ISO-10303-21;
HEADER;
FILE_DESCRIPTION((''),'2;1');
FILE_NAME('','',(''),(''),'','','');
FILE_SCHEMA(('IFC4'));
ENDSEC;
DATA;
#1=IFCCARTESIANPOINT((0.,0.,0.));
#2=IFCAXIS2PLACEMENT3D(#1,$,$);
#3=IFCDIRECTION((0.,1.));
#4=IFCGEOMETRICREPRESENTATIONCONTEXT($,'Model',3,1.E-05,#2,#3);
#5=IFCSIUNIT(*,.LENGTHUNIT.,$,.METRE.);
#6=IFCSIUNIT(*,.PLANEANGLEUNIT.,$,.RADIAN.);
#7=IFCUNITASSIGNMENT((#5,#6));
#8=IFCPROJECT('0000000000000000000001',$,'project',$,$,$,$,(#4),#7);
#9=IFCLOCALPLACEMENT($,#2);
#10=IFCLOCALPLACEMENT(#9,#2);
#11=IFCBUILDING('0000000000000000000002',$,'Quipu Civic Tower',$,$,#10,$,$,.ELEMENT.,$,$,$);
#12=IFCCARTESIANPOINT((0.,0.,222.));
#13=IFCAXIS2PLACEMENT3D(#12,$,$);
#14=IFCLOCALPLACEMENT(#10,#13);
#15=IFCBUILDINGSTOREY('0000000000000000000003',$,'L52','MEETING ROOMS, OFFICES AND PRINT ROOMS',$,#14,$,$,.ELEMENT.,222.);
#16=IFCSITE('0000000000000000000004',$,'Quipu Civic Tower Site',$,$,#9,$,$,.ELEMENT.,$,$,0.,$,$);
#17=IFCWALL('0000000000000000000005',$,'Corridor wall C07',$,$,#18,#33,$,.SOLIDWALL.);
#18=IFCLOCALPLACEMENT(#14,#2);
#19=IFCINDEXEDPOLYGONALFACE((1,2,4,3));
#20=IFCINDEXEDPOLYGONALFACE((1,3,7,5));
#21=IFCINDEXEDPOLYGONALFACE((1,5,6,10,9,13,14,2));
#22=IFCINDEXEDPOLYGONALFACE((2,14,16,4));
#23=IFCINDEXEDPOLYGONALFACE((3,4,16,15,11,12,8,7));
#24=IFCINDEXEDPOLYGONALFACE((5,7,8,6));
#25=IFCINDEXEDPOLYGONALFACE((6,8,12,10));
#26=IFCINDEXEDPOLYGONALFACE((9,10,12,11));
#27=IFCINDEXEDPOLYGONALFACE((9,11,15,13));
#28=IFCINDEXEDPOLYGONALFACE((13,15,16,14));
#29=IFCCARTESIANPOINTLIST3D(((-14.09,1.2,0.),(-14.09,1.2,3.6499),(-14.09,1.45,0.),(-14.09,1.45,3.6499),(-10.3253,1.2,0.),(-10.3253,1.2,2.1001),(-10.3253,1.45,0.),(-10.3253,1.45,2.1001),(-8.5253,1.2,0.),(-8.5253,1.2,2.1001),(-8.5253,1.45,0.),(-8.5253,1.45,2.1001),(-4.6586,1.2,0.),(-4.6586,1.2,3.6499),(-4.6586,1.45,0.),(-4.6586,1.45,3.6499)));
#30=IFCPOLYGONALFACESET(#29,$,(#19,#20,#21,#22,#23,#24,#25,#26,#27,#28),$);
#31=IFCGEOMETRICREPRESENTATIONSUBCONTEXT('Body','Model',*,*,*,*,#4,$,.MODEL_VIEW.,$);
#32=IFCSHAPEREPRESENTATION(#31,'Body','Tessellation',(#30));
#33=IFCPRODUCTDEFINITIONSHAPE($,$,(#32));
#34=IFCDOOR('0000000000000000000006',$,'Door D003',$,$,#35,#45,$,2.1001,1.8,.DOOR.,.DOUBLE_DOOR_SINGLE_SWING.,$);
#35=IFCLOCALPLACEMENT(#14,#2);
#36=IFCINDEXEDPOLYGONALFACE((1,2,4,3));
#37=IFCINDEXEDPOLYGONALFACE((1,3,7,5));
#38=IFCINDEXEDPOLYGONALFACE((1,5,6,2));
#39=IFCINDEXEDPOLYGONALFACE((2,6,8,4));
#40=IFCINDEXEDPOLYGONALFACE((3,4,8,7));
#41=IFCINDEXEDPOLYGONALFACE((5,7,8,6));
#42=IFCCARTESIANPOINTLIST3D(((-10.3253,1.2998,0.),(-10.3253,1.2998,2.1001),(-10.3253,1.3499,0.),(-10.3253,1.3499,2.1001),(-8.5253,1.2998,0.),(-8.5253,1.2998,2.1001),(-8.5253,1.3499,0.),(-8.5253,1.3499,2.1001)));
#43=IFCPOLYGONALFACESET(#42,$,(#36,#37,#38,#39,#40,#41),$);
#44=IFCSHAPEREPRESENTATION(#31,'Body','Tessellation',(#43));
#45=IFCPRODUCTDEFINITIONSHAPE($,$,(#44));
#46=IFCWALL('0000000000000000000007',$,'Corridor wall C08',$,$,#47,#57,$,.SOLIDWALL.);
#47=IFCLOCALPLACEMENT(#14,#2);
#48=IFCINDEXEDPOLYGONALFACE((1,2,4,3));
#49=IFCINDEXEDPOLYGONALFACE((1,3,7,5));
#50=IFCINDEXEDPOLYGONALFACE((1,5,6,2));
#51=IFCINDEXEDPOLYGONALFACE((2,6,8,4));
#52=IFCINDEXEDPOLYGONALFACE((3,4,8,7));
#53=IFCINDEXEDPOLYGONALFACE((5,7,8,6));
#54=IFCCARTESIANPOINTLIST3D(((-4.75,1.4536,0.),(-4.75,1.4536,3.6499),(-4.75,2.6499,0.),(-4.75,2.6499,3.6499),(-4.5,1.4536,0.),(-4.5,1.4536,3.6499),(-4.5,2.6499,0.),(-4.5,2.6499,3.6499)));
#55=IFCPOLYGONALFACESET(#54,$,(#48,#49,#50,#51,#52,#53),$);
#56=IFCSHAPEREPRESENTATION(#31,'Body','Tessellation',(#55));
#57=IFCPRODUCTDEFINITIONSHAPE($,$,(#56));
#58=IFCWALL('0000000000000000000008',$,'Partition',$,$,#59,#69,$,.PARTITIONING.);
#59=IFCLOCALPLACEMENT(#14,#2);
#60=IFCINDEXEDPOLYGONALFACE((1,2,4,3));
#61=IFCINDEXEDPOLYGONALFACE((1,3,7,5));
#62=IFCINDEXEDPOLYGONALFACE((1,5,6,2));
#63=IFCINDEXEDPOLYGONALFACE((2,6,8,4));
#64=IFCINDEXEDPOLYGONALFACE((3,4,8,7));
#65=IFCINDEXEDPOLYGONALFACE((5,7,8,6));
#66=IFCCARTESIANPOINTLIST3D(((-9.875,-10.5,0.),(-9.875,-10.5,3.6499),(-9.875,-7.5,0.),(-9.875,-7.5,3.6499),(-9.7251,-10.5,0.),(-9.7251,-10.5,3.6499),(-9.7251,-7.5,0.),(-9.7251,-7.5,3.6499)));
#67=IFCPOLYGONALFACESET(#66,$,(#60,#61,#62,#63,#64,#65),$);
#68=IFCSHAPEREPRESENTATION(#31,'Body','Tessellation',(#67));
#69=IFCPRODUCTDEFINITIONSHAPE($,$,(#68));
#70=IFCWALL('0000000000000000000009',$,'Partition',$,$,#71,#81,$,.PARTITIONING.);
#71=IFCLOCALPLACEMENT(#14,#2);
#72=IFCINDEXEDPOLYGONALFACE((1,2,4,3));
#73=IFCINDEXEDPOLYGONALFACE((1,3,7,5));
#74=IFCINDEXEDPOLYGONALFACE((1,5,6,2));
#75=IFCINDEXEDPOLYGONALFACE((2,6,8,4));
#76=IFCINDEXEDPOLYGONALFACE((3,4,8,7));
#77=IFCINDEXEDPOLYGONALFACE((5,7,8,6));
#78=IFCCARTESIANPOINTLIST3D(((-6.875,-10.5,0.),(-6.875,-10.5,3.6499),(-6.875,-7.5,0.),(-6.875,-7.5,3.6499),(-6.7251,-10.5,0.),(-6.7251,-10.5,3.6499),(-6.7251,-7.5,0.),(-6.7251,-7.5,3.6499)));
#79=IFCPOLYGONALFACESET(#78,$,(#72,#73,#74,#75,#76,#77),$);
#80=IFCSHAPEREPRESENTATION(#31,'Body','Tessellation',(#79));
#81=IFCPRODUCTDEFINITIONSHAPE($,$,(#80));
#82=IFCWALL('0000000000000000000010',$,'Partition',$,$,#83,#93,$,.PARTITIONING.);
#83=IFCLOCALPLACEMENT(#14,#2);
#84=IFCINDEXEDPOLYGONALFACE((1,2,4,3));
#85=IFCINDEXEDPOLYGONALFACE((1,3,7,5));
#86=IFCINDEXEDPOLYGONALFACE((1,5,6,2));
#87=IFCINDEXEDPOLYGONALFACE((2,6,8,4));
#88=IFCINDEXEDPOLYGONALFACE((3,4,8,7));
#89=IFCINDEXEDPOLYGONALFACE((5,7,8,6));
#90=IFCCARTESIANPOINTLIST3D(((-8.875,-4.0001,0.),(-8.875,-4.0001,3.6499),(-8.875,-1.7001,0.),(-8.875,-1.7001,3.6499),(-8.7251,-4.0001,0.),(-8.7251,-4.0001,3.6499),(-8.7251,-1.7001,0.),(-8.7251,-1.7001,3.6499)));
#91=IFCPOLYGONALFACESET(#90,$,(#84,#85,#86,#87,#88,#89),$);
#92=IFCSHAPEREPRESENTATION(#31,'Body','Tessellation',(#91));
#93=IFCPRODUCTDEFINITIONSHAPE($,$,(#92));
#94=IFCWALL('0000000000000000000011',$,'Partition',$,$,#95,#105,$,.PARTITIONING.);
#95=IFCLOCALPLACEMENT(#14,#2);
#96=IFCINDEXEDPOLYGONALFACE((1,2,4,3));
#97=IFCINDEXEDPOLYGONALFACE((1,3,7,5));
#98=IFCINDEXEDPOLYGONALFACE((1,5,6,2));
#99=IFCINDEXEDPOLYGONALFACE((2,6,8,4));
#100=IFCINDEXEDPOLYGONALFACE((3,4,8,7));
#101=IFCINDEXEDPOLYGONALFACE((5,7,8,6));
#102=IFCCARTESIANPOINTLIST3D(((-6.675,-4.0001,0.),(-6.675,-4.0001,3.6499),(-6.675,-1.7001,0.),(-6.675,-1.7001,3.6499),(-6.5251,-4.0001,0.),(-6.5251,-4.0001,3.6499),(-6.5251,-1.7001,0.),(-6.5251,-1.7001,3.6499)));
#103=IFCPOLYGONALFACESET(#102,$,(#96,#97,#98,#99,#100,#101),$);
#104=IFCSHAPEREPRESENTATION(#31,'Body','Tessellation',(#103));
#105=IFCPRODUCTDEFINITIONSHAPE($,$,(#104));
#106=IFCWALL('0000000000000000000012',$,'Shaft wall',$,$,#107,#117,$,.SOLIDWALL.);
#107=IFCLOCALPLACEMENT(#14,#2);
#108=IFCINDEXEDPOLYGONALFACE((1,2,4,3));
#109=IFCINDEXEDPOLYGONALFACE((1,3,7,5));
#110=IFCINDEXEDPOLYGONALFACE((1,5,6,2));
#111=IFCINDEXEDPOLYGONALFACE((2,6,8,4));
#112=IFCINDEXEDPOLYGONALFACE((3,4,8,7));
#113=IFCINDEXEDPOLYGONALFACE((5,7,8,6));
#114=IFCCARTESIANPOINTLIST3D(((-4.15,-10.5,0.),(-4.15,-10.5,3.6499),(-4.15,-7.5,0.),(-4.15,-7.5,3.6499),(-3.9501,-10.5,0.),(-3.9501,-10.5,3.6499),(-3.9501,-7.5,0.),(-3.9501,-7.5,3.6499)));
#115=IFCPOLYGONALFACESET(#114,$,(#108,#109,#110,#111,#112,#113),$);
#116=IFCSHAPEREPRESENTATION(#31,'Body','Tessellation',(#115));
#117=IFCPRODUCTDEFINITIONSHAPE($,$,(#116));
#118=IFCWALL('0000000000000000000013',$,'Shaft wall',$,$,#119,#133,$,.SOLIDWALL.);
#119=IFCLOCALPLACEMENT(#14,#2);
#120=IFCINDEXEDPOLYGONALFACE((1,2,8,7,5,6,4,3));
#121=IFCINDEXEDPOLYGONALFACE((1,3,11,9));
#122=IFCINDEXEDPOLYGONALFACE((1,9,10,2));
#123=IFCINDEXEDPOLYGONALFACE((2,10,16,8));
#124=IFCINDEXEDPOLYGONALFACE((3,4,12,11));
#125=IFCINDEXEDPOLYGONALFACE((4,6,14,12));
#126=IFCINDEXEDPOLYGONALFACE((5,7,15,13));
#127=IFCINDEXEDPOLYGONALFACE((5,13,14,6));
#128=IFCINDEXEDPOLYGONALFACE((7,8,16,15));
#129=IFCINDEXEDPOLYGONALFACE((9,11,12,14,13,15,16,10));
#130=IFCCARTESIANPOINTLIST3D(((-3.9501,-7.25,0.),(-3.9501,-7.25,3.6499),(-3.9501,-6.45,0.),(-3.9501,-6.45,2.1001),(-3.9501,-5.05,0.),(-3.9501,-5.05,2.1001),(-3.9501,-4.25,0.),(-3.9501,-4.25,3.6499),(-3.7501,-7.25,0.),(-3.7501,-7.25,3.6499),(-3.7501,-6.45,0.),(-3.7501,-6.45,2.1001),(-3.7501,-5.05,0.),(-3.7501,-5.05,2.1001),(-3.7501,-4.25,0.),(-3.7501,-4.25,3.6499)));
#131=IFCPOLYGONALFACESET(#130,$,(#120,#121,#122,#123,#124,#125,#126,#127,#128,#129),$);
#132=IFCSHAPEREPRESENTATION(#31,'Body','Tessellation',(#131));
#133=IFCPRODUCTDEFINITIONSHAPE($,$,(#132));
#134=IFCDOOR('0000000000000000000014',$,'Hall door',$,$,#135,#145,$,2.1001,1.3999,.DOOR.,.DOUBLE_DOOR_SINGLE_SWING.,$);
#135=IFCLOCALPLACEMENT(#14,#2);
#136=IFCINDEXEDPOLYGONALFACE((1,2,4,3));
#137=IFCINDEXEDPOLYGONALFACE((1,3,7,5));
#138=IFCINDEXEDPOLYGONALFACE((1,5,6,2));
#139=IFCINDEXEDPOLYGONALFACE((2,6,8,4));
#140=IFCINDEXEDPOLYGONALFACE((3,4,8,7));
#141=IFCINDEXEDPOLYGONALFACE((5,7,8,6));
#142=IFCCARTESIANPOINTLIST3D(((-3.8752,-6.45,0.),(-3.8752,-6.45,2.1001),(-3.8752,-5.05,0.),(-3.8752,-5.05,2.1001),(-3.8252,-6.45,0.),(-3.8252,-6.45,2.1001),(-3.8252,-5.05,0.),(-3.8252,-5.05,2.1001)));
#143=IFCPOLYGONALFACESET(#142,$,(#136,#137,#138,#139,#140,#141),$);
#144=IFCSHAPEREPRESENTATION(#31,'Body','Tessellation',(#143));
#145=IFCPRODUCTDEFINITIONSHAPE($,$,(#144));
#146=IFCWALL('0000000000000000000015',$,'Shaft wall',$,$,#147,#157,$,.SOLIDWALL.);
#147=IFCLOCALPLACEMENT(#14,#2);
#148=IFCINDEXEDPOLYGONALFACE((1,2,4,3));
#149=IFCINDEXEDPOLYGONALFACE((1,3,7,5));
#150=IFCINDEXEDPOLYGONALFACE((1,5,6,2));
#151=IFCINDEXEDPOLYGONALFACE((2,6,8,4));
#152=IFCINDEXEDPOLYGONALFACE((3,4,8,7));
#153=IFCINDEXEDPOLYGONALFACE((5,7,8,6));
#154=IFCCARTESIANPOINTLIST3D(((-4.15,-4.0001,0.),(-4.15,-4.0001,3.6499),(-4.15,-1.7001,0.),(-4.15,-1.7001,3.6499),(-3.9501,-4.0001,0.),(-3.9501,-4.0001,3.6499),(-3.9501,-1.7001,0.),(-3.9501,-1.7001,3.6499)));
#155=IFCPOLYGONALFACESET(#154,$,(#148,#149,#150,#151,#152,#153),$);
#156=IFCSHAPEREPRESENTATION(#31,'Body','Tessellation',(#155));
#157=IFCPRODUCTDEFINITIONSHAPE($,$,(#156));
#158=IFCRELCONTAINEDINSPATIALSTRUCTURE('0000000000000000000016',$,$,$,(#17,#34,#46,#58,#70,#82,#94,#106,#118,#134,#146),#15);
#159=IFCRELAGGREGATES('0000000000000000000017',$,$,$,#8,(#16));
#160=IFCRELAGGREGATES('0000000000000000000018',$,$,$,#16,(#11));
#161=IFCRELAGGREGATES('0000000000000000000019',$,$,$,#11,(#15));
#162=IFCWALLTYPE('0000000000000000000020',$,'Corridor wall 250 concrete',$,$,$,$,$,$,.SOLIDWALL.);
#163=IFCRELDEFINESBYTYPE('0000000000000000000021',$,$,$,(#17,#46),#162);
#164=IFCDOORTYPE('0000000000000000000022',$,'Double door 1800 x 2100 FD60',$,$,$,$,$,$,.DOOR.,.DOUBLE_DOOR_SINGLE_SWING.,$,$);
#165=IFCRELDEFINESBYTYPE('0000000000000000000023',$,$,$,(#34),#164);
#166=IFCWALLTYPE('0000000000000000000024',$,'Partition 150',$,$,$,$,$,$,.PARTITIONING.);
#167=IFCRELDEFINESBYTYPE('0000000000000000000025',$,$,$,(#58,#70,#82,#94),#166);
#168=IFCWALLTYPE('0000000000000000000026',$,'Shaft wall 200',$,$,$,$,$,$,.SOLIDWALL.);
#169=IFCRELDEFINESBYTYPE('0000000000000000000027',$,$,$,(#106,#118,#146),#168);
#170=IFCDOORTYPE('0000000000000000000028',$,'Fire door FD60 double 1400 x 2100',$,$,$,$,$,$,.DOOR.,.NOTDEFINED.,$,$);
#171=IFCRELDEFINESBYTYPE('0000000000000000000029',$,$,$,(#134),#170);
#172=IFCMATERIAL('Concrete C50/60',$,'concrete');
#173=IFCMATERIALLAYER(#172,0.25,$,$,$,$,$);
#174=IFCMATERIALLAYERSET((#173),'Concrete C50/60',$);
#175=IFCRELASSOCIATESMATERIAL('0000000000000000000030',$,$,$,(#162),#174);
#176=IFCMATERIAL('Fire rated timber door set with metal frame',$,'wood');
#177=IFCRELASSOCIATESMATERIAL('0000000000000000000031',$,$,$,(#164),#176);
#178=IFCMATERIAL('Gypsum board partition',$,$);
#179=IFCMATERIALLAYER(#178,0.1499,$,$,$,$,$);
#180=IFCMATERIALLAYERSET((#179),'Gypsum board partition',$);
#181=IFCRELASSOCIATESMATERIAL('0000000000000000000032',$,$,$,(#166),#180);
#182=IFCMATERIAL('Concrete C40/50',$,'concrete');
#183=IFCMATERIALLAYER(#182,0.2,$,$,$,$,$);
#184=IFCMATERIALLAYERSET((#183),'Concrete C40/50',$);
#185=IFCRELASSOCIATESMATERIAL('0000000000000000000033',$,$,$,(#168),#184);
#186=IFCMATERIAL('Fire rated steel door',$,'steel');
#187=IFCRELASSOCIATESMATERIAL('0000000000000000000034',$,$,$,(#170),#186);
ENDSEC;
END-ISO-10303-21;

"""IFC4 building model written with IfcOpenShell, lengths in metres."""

from ifc_helpers import new_model, si_unit, direction, frame, frame_2d, origin, place, context, subcontext, project, spatial, rectangle, extrude, material, layer, layer_set, type_object, element, fill, save


model = new_model("IFC4")

# Units and contexts
model_context = context("Model", 3, precision=1e-05, world=origin(), true_north=direction((0.0, 1.0)))
body_context = subcontext(model_context, "Body", "Model", "MODEL_VIEW")
ifc_project = project(units=[si_unit("LENGTHUNIT", "METRE"), si_unit("PLANEANGLEUNIT", "RADIAN")], contexts=[model_context])

# Site, building, storey
site_placement = place(None, origin())
site = spatial("IfcSite", under=ifc_project, at=site_placement, Name="Quipu Civic Tower Site", CompositionType="ELEMENT", RefElevation=0.0)
building_placement = place(site_placement, origin())
building = spatial("IfcBuilding", under=site, at=building_placement, Name="Quipu Civic Tower", CompositionType="ELEMENT")
storey_placement = place(building_placement, frame((0.0, 0.0, 222.0)))
storey = spatial("IfcBuildingStorey", under=building, at=storey_placement, Name="L52", Description="MEETING ROOMS, OFFICES AND PRINT ROOMS", CompositionType="ELEMENT", Elevation=222.0)

# Wall, opening, door
ifc_material_1 = material(Name="Concrete C50/60", Category="concrete")
ifc_layer_1 = layer(ifc_material_1, 0.25)
ifc_layer_set_1 = layer_set([ifc_layer_1], Name="Concrete C50/60")
wall_type_1 = type_object("IfcWallType", Name="Corridor wall 250 concrete", PredefinedType="SOLIDWALL", material=ifc_layer_set_1)
wall_1_placement = place(storey_placement, frame((-14.0901, 1.325, 0.0), z_axis=(0.0, 0.0, 1.0), x_axis=(1.0, 0.0, 0.0)))
wall_1 = element("IfcWall", 1, at=wall_1_placement, inside=storey, type_object=wall_type_1, Name="Corridor wall C07", PredefinedType="SOLIDWALL", context=body_context, shape_type="SweptSolid", body=[
    extrude(rectangle(XDim=9.4314, YDim=0.25, at=frame_2d((4.7158, 0.0))), origin(), (0.0, 0.0, 1.0), 3.6499),
])
opening_1_placement = place(wall_1_placement, frame((3.7649, 0.0, 0.0)))
opening_1 = element("IfcOpeningElement", 2, at=opening_1_placement, cuts=wall_1, PredefinedType="OPENING", context=body_context, shape_type="SweptSolid", body=[
    extrude(rectangle(XDim=1.8, YDim=2.1001, at=frame_2d((0.8999, 1.05))), frame((0.0, 0.135, 0.0), z_axis=(0.0, -1.0, 0.0), x_axis=(1.0, 0.0, 0.0)), (0.0, 0.0, 1.0), 0.27),
])
ifc_material_2 = material(Name="Fire rated timber door set with metal frame", Category="wood")
door_type_1 = type_object("IfcDoorType", Name="Double door 1800 x 2100 FD60", OperationType="DOUBLE_DOOR_SINGLE_SWING", PredefinedType="DOOR", material=ifc_material_2)
door_1_placement = place(opening_1_placement, origin())
door_1 = element("IfcDoor", 3, at=door_1_placement, inside=storey, type_object=door_type_1, Name="Door D003", OperationType="DOUBLE_DOOR_SINGLE_SWING", OverallHeight=2.1001, OverallWidth=1.8, PredefinedType="DOOR", context=body_context, shape_type="SweptSolid", body=[
    extrude(rectangle(XDim=1.8, YDim=2.1001, at=frame_2d((0.8999, 1.05))), frame((0.0, 0.0249, 0.0), z_axis=(0.0, -1.0, 0.0), x_axis=(1.0, 0.0, 0.0)), (0.0, 0.0, 1.0), 0.05),
])
fill(opening_1, door_1)

# Walls
wall_2_placement = place(storey_placement, frame((-4.625, 1.4536, 0.0), z_axis=(0.0, 0.0, 1.0), x_axis=(0.0, 1.0, 0.0)))
element("IfcWall", 4, at=wall_2_placement, inside=storey, type_object=wall_type_1, Name="Corridor wall C08", PredefinedType="SOLIDWALL", context=body_context, shape_type="SweptSolid", body=[
    extrude(rectangle(XDim=1.1963, YDim=0.25, at=frame_2d((0.5981, 0.0))), origin(), (0.0, 0.0, 1.0), 3.6499),
])
ifc_material_3 = material(Name="Gypsum board partition")
ifc_layer_2 = layer(ifc_material_3, 0.1499)
ifc_layer_set_2 = layer_set([ifc_layer_2], Name="Gypsum board partition")
wall_type_2 = type_object("IfcWallType", Name="Partition 150", PredefinedType="PARTITIONING", material=ifc_layer_set_2)
for number, where, z_axis, x_axis, name in (
    (5, (-9.8, -10.5, 0.0), (0.0, 0.0, 1.0), (0.0, 1.0, 0.0), "Partition"),
    (6, (-6.8, -10.5, 0.0), (0.0, 0.0, 1.0), (0.0, 1.0, 0.0), "Partition"),
):
    element("IfcWall", number, at=place(storey_placement, frame(where, z_axis=z_axis, x_axis=x_axis)), inside=storey, type_object=wall_type_2, Name=name, PredefinedType="PARTITIONING", context=body_context, shape_type="SweptSolid", body=[
        extrude(rectangle(XDim=3.0, YDim=0.1499, at=frame_2d((1.5, 0.0))), origin(), (0.0, 0.0, 1.0), 3.6499),
    ])
for number, where, z_axis, x_axis, name in (
    (7, (-8.8, -4.0, 0.0), (0.0, 0.0, 1.0), (0.0, 1.0, 0.0), "Partition"),
    (8, (-6.6001, -4.0, 0.0), (0.0, 0.0, 1.0), (0.0, 1.0, 0.0), "Partition"),
):
    element("IfcWall", number, at=place(storey_placement, frame(where, z_axis=z_axis, x_axis=x_axis)), inside=storey, type_object=wall_type_2, Name=name, PredefinedType="PARTITIONING", context=body_context, shape_type="SweptSolid", body=[
        extrude(rectangle(XDim=2.3, YDim=0.1499, at=frame_2d((1.1499, 0.0))), origin(), (0.0, 0.0, 1.0), 3.6499),
    ])
ifc_material_4 = material(Name="Concrete C40/50", Category="concrete")
ifc_layer_3 = layer(ifc_material_4, 0.2)
ifc_layer_set_3 = layer_set([ifc_layer_3], Name="Concrete C40/50")
wall_type_3 = type_object("IfcWallType", Name="Shaft wall 200", PredefinedType="SOLIDWALL", material=ifc_layer_set_3)
wall_3_placement = place(storey_placement, frame((-4.05, -10.5, 0.0), z_axis=(0.0, 0.0, 1.0), x_axis=(0.0, 1.0, 0.0)))
element("IfcWall", 9, at=wall_3_placement, inside=storey, type_object=wall_type_3, Name="Shaft wall", PredefinedType="SOLIDWALL", context=body_context, shape_type="SweptSolid", body=[
    extrude(rectangle(XDim=3.0, YDim=0.2, at=frame_2d((1.5, 0.0))), origin(), (0.0, 0.0, 1.0), 3.6499),
])

# Wall, opening, door
wall_4_placement = place(storey_placement, frame((-3.8501, -4.25, 0.0), z_axis=(0.0, 0.0, 1.0), x_axis=(0.0, -1.0, 0.0)))
wall_4 = element("IfcWall", 10, at=wall_4_placement, inside=storey, type_object=wall_type_3, Name="Shaft wall", PredefinedType="SOLIDWALL", context=body_context, shape_type="SweptSolid", body=[
    extrude(rectangle(XDim=3.0, YDim=0.2, at=frame_2d((1.5, 0.0))), origin(), (0.0, 0.0, 1.0), 3.6499),
])
opening_2_placement = place(wall_4_placement, frame((0.8, 0.0, 0.0)))
opening_2 = element("IfcOpeningElement", 11, at=opening_2_placement, cuts=wall_4, PredefinedType="OPENING", context=body_context, shape_type="SweptSolid", body=[
    extrude(rectangle(XDim=1.3999, YDim=2.1001, at=frame_2d((0.7, 1.05))), frame((0.0, 0.1099, 0.0), z_axis=(0.0, -1.0, 0.0), x_axis=(1.0, 0.0, 0.0)), (0.0, 0.0, 1.0), 0.22),
])
ifc_material_5 = material(Name="Fire rated steel door", Category="steel")
door_type_2 = type_object("IfcDoorType", Name="Fire door FD60 double 1400 x 2100", OperationType="NOTDEFINED", PredefinedType="DOOR", material=ifc_material_5)
door_2_placement = place(opening_2_placement, origin())
door_2 = element("IfcDoor", 12, at=door_2_placement, inside=storey, type_object=door_type_2, Name="Hall door", OperationType="DOUBLE_DOOR_SINGLE_SWING", OverallHeight=2.1001, OverallWidth=1.3999, PredefinedType="DOOR", context=body_context, shape_type="SweptSolid", body=[
    extrude(rectangle(XDim=1.3999, YDim=2.1001, at=frame_2d((0.7, 1.05))), frame((0.0, 0.0249, 0.0), z_axis=(0.0, -1.0, 0.0), x_axis=(1.0, 0.0, 0.0)), (0.0, 0.0, 1.0), 0.05),
])
fill(opening_2, door_2)

# Wall
wall_5_placement = place(storey_placement, frame((-4.05, -4.0, 0.0), z_axis=(0.0, 0.0, 1.0), x_axis=(0.0, 1.0, 0.0)))
element("IfcWall", 13, at=wall_5_placement, inside=storey, type_object=wall_type_3, Name="Shaft wall", PredefinedType="SOLIDWALL", context=body_context, shape_type="SweptSolid", body=[
    extrude(rectangle(XDim=2.3, YDim=0.2, at=frame_2d((1.1499, 0.0))), origin(), (0.0, 0.0, 1.0), 3.6499),
])

save(model, "model.ifc")
